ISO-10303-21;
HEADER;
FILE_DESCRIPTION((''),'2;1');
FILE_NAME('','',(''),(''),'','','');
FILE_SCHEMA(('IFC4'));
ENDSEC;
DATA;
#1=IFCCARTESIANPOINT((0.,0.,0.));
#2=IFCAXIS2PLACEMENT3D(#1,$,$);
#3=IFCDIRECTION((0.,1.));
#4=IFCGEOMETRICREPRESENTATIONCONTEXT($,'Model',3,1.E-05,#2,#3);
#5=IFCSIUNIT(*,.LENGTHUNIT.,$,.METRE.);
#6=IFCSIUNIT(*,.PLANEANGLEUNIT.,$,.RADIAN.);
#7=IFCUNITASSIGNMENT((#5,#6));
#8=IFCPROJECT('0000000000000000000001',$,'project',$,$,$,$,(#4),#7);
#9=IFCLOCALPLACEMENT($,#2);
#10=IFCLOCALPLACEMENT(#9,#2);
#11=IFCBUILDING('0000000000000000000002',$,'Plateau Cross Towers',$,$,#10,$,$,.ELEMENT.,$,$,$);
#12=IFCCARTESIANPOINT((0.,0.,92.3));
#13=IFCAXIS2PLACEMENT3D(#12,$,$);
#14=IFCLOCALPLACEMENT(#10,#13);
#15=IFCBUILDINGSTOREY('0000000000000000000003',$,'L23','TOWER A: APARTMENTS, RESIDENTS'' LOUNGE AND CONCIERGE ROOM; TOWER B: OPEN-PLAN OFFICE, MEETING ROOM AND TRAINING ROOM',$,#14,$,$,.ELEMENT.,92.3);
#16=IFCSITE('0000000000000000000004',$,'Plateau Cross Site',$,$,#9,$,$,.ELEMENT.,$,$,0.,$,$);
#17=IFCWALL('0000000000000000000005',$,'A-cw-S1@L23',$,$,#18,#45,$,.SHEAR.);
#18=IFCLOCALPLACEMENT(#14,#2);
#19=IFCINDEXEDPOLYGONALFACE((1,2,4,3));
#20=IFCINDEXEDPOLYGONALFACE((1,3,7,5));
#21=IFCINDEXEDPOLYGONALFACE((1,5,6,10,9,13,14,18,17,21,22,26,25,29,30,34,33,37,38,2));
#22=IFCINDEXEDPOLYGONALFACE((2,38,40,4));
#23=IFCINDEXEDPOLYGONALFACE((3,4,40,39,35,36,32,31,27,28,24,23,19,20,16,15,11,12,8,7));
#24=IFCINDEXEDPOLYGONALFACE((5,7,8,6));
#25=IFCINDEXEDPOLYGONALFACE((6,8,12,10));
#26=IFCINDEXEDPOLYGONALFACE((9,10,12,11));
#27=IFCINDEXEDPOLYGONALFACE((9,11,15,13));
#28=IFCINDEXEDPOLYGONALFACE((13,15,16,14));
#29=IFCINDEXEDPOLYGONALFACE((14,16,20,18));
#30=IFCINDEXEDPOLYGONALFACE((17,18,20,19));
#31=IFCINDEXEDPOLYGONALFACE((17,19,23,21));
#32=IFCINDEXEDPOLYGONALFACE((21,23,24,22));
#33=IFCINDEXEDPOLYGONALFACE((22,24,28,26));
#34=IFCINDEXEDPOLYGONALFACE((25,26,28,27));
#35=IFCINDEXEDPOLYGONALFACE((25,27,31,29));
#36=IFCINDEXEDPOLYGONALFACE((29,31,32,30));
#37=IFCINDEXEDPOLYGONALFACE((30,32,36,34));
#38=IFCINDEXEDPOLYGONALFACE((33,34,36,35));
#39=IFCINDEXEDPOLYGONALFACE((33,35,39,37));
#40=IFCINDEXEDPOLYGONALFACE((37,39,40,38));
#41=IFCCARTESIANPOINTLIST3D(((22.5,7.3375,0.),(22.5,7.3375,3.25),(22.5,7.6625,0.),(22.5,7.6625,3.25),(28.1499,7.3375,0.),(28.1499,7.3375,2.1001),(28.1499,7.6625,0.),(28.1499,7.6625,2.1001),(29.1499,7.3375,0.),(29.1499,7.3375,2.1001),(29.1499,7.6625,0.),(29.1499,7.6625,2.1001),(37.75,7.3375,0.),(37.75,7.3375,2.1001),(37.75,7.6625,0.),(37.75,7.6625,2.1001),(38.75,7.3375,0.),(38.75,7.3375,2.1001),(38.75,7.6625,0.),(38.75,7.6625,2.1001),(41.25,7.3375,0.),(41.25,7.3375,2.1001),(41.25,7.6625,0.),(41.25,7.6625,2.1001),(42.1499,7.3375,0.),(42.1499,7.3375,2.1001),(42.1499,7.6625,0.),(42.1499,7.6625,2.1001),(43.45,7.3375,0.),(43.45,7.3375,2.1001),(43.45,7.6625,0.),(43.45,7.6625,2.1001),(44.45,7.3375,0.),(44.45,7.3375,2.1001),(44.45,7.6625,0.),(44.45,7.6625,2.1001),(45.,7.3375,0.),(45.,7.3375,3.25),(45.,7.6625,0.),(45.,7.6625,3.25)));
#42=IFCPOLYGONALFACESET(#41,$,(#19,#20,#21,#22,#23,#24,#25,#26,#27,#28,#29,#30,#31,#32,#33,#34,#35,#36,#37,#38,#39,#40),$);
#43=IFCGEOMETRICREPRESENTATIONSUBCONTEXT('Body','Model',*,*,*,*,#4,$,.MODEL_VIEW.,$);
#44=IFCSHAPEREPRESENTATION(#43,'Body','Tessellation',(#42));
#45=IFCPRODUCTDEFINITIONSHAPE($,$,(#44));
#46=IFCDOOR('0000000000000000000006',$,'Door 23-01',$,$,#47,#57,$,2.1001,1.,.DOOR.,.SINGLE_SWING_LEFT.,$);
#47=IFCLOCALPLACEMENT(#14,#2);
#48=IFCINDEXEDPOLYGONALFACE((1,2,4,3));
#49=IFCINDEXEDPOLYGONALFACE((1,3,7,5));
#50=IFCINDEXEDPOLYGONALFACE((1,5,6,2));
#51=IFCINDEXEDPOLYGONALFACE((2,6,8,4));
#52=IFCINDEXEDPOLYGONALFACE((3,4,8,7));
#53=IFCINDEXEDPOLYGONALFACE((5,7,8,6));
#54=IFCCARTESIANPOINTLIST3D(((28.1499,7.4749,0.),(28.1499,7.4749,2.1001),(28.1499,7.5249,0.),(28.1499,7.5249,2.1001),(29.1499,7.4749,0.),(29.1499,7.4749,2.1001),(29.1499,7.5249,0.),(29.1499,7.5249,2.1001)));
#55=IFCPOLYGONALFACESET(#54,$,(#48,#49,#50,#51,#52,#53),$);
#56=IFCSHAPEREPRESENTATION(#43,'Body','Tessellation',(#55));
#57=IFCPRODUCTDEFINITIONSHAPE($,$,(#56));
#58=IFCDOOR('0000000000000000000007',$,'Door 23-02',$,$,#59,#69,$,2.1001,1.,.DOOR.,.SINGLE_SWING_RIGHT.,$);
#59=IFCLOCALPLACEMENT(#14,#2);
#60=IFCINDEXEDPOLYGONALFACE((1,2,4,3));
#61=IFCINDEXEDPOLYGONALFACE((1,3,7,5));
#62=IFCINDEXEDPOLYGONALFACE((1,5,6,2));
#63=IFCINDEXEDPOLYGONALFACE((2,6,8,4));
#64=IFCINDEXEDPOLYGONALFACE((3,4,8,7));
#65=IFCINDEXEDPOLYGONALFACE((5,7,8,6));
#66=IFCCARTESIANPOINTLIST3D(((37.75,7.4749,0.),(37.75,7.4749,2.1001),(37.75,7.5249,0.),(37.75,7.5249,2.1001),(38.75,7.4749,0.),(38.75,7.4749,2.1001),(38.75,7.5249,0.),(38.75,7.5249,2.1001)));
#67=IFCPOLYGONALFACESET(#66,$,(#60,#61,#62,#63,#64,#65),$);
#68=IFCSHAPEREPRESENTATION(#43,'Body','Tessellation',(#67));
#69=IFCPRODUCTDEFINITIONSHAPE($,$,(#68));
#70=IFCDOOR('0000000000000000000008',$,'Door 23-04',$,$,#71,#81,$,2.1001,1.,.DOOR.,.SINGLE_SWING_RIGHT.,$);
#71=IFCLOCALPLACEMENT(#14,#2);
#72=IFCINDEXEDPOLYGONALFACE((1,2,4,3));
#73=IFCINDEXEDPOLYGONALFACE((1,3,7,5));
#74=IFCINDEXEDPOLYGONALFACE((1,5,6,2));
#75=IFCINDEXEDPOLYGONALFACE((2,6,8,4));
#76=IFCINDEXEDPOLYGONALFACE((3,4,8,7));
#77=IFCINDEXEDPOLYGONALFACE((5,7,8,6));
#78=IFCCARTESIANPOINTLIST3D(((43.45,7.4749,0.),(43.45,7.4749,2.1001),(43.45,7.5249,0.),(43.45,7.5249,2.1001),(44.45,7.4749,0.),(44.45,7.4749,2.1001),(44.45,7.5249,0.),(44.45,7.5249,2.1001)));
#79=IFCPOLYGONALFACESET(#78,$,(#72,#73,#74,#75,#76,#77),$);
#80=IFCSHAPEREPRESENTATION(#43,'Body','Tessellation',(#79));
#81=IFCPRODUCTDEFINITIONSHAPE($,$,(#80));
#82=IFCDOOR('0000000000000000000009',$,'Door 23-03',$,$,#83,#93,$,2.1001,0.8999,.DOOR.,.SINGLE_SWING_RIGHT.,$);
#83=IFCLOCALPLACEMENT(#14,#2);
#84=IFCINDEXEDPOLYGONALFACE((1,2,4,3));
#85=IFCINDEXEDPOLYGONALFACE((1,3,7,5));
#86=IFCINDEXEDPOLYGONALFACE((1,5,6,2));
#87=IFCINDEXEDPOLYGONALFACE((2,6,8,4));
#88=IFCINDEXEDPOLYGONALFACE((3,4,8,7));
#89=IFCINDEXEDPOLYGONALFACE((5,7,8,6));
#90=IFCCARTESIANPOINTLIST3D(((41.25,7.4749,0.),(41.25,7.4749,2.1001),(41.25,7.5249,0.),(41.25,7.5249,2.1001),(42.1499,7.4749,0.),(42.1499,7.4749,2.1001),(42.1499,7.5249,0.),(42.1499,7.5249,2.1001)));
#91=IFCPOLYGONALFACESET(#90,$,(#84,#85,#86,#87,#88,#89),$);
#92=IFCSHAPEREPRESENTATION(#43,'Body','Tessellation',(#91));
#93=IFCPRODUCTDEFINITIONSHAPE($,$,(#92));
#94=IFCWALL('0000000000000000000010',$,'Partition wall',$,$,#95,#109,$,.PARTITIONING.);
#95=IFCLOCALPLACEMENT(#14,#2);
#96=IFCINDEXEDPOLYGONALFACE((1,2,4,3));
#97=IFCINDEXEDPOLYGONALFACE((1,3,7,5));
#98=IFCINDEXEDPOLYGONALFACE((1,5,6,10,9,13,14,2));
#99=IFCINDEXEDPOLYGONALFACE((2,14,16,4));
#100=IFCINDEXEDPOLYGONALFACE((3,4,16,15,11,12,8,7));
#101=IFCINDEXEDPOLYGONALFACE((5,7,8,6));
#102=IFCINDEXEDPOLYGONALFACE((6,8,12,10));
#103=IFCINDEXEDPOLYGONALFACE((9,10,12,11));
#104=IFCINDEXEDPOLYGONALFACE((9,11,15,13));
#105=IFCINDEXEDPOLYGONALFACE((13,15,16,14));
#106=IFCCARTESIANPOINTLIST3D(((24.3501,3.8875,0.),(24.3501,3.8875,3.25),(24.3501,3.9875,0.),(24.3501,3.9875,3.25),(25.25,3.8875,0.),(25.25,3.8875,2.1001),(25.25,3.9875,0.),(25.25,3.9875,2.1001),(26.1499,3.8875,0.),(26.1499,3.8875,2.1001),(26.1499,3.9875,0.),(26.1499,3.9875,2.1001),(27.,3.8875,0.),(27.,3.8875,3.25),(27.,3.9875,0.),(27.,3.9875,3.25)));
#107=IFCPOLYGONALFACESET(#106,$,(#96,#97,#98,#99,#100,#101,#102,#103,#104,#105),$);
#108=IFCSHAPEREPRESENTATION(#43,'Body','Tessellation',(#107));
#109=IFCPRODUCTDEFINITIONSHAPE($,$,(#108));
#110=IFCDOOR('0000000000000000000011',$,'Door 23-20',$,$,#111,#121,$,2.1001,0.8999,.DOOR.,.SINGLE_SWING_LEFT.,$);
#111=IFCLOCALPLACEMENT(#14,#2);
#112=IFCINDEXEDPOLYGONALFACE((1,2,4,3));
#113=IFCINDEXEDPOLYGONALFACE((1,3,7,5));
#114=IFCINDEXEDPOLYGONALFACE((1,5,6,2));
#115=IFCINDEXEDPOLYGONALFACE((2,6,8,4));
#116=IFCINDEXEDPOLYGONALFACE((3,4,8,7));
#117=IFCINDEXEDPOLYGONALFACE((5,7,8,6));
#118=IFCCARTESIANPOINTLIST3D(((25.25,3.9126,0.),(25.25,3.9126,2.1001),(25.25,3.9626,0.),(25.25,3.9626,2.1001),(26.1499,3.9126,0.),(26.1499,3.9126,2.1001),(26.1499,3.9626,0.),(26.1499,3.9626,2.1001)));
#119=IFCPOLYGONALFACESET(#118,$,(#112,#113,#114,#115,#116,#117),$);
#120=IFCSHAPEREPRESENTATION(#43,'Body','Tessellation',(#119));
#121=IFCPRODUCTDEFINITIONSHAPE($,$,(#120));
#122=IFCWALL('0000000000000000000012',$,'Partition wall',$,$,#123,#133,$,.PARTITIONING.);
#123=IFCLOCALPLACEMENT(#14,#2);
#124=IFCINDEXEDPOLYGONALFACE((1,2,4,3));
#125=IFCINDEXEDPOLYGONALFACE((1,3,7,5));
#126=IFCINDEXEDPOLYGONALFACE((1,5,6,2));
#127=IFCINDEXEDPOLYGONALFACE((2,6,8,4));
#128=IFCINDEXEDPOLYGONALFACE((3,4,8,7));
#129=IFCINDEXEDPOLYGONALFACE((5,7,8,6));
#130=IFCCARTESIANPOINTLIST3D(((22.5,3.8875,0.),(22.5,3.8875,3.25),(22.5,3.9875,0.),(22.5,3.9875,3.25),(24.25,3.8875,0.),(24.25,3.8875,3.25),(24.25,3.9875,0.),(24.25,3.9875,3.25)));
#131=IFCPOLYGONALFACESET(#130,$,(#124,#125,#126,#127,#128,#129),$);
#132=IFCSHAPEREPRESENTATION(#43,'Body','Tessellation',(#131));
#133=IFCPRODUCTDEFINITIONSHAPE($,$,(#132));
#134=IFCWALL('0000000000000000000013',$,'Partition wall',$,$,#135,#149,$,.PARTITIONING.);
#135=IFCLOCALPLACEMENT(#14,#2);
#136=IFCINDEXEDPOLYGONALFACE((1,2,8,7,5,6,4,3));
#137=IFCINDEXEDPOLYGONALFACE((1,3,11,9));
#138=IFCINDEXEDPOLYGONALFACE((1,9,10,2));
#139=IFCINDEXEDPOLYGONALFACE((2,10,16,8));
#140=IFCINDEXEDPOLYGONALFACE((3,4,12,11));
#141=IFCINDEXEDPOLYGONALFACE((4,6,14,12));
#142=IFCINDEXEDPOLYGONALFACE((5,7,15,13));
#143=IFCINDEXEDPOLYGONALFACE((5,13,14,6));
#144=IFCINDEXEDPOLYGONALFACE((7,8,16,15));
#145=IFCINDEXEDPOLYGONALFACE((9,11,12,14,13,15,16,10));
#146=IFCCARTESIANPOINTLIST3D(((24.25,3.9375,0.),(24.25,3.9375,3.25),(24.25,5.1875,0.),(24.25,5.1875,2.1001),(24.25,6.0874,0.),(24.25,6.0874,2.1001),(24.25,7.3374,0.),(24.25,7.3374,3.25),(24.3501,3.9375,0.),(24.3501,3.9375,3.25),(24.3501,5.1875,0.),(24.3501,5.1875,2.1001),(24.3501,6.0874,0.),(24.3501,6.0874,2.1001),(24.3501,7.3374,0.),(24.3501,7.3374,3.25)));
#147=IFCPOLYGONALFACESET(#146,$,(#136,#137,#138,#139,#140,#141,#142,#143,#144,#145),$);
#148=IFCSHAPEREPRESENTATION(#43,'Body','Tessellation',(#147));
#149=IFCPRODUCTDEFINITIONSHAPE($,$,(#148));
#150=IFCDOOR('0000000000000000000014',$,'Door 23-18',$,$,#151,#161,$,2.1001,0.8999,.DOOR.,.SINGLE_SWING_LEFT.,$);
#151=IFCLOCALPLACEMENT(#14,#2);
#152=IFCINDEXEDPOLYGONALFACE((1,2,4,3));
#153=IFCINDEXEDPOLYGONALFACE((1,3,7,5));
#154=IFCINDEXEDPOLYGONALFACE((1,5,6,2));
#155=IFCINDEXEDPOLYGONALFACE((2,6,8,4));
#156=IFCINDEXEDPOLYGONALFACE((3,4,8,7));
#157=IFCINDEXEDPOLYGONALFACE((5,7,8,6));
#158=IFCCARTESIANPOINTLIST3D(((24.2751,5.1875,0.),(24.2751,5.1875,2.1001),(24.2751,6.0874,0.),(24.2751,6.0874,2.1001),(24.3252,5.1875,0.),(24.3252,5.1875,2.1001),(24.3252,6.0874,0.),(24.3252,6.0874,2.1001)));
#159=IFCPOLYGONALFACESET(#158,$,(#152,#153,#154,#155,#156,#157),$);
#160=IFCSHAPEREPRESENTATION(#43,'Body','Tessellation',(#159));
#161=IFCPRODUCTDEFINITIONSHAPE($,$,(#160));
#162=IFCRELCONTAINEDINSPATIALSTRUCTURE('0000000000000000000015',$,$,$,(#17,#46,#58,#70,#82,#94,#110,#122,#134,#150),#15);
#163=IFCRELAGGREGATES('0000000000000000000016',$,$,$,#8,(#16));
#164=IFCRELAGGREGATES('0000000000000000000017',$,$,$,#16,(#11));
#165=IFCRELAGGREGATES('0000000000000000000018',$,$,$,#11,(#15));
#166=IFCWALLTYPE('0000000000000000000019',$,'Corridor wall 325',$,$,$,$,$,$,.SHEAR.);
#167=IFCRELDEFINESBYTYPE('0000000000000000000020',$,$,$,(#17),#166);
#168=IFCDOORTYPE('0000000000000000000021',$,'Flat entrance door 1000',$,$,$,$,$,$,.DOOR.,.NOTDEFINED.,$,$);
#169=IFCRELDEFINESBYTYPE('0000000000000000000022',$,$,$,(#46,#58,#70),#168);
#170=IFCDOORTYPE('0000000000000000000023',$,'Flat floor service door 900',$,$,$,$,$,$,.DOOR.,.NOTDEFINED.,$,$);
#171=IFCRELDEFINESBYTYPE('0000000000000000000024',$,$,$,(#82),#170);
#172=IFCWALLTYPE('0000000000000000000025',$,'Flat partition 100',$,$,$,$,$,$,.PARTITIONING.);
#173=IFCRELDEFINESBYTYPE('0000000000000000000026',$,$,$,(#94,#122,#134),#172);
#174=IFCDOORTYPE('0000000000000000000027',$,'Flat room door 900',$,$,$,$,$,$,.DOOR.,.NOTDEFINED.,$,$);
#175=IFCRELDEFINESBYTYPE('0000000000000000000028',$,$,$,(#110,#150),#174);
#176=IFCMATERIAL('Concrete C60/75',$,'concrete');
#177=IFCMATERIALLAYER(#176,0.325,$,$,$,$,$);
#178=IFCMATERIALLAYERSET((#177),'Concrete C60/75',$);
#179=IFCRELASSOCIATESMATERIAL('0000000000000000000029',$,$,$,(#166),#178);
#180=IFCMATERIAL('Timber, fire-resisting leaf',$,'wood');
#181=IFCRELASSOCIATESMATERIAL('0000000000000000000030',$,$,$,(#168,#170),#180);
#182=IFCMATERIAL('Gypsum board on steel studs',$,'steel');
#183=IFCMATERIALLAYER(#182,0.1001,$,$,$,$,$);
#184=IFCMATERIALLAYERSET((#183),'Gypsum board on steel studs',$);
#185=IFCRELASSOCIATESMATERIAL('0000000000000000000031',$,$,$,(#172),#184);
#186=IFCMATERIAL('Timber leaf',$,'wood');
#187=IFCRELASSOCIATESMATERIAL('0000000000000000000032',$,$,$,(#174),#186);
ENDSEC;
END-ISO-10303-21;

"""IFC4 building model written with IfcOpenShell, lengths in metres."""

from ifc_helpers import new_model, si_unit, direction, frame, frame_2d, origin, place, context, subcontext, project, spatial, rectangle, extrude, material, layer, layer_set, type_object, element, fill, save


model = new_model("IFC4")

# Units and contexts
model_context = context("Model", 3, precision=1e-05, world=origin(), true_north=direction((0.0, 1.0)))
body_context = subcontext(model_context, "Body", "Model", "MODEL_VIEW")
ifc_project = project(units=[si_unit("LENGTHUNIT", "METRE"), si_unit("PLANEANGLEUNIT", "RADIAN")], contexts=[model_context])

# Site, building, storey
site_placement = place(None, origin())
site = spatial("IfcSite", under=ifc_project, at=site_placement, Name="Plateau Cross Site", CompositionType="ELEMENT", RefElevation=0.0)
building_placement = place(site_placement, origin())
building = spatial("IfcBuilding", under=site, at=building_placement, Name="Plateau Cross Towers", CompositionType="ELEMENT")
storey_placement = place(building_placement, frame((0.0, 0.0, 92.3)))
storey = spatial("IfcBuildingStorey", under=building, at=storey_placement, Name="L23", Description="TOWER A: APARTMENTS, RESIDENTS' LOUNGE AND CONCIERGE ROOM; TOWER B: OPEN-PLAN OFFICE, MEETING ROOM AND TRAINING ROOM", CompositionType="ELEMENT", Elevation=92.3)

# Shared definitions
ifc_material_1 = material(Name="Concrete C60/75", Category="concrete")

# Wall, openings, doors
ifc_layer_1 = layer(ifc_material_1, 0.325)
ifc_layer_set_1 = layer_set([ifc_layer_1], Name="Concrete C60/75")
wall_type_1 = type_object("IfcWallType", Name="Corridor wall 325", PredefinedType="SHEAR", material=ifc_layer_set_1)
wall_1_placement = place(storey_placement, frame((22.5, 7.5, 0.0), z_axis=(0.0, 0.0, 1.0), x_axis=(1.0, 0.0, 0.0)))
wall_1 = element("IfcWall", 1, at=wall_1_placement, inside=storey, type_object=wall_type_1, Name="A-cw-S1@L23", PredefinedType="SHEAR", context=body_context, shape_type="SweptSolid", body=[
    extrude(rectangle(XDim=22.5, YDim=0.325, at=frame_2d((11.25, 0.0))), origin(), (0.0, 0.0, 1.0), 3.25),
])
opening_1_placement = place(wall_1_placement, frame((5.6499, 0.0, 0.0)))
opening_1 = element("IfcOpeningElement", 2, at=opening_1_placement, cuts=wall_1, PredefinedType="OPENING", context=body_context, shape_type="SweptSolid", body=[
    extrude(rectangle(XDim=1.0, YDim=2.1001, at=frame_2d((0.5, 1.05))), frame((0.0, 0.1724, 0.0), z_axis=(0.0, -1.0, 0.0), x_axis=(1.0, 0.0, 0.0)), (0.0, 0.0, 1.0), 0.345),
])
opening_2_placement = place(wall_1_placement, frame((15.25, 0.0, 0.0)))
opening_2 = element("IfcOpeningElement", 3, at=opening_2_placement, cuts=wall_1, PredefinedType="OPENING", context=body_context, shape_type="SweptSolid", body=[
    extrude(rectangle(XDim=1.0, YDim=2.1001, at=frame_2d((0.5, 1.05))), frame((0.0, 0.1724, 0.0), z_axis=(0.0, -1.0, 0.0), x_axis=(1.0, 0.0, 0.0)), (0.0, 0.0, 1.0), 0.345),
])
opening_3_placement = place(wall_1_placement, frame((18.75, 0.0, 0.0)))
opening_3 = element("IfcOpeningElement", 4, at=opening_3_placement, cuts=wall_1, PredefinedType="OPENING", context=body_context, shape_type="SweptSolid", body=[
    extrude(rectangle(XDim=0.8999, YDim=2.1001, at=frame_2d((0.45, 1.05))), frame((0.0, 0.1724, 0.0), z_axis=(0.0, -1.0, 0.0), x_axis=(1.0, 0.0, 0.0)), (0.0, 0.0, 1.0), 0.345),
])
opening_4_placement = place(wall_1_placement, frame((20.95, 0.0, 0.0)))
opening_4 = element("IfcOpeningElement", 5, at=opening_4_placement, cuts=wall_1, PredefinedType="OPENING", context=body_context, shape_type="SweptSolid", body=[
    extrude(rectangle(XDim=1.0, YDim=2.1001, at=frame_2d((0.5, 1.05))), frame((0.0, 0.1724, 0.0), z_axis=(0.0, -1.0, 0.0), x_axis=(1.0, 0.0, 0.0)), (0.0, 0.0, 1.0), 0.345),
])
ifc_material_2 = material(Name="Timber, fire-resisting leaf", Category="wood")
door_type_1 = type_object("IfcDoorType", Name="Flat entrance door 1000", OperationType="NOTDEFINED", PredefinedType="DOOR", material=ifc_material_2)
door_1_placement = place(opening_1_placement, origin())
door_1 = element("IfcDoor", 6, at=door_1_placement, inside=storey, type_object=door_type_1, Name="Door 23-01", OperationType="SINGLE_SWING_LEFT", OverallHeight=2.1001, OverallWidth=1.0, PredefinedType="DOOR", context=body_context, shape_type="SweptSolid", body=[
    extrude(rectangle(XDim=1.0, YDim=2.1001, at=frame_2d((0.5, 1.05))), frame((0.0, 0.0249, 0.0), z_axis=(0.0, -1.0, 0.0), x_axis=(1.0, 0.0, 0.0)), (0.0, 0.0, 1.0), 0.05),
])
fill(opening_1, door_1)
door_2_placement = place(opening_2_placement, origin())
door_2 = element("IfcDoor", 7, at=door_2_placement, inside=storey, type_object=door_type_1, Name="Door 23-02", OperationType="SINGLE_SWING_RIGHT", OverallHeight=2.1001, OverallWidth=1.0, PredefinedType="DOOR", context=body_context, shape_type="SweptSolid", body=[
    extrude(rectangle(XDim=1.0, YDim=2.1001, at=frame_2d((0.5, 1.05))), frame((0.0, 0.0249, 0.0), z_axis=(0.0, -1.0, 0.0), x_axis=(1.0, 0.0, 0.0)), (0.0, 0.0, 1.0), 0.05),
])
fill(opening_2, door_2)
door_3_placement = place(opening_4_placement, origin())
door_3 = element("IfcDoor", 8, at=door_3_placement, inside=storey, type_object=door_type_1, Name="Door 23-04", OperationType="SINGLE_SWING_RIGHT", OverallHeight=2.1001, OverallWidth=1.0, PredefinedType="DOOR", context=body_context, shape_type="SweptSolid", body=[
    extrude(rectangle(XDim=1.0, YDim=2.1001, at=frame_2d((0.5, 1.05))), frame((0.0, 0.0249, 0.0), z_axis=(0.0, -1.0, 0.0), x_axis=(1.0, 0.0, 0.0)), (0.0, 0.0, 1.0), 0.05),
])
fill(opening_4, door_3)
door_type_2 = type_object("IfcDoorType", Name="Flat floor service door 900", OperationType="NOTDEFINED", PredefinedType="DOOR", material=ifc_material_2)
door_4_placement = place(opening_3_placement, origin())
door_4 = element("IfcDoor", 9, at=door_4_placement, inside=storey, type_object=door_type_2, Name="Door 23-03", OperationType="SINGLE_SWING_RIGHT", OverallHeight=2.1001, OverallWidth=0.8999, PredefinedType="DOOR", context=body_context, shape_type="SweptSolid", body=[
    extrude(rectangle(XDim=0.8999, YDim=2.1001, at=frame_2d((0.45, 1.05))), frame((0.0, 0.0249, 0.0), z_axis=(0.0, -1.0, 0.0), x_axis=(1.0, 0.0, 0.0)), (0.0, 0.0, 1.0), 0.05),
])
fill(opening_3, door_4)

# Wall, opening, door
ifc_material_3 = material(Name="Gypsum board on steel studs", Category="steel")
ifc_layer_2 = layer(ifc_material_3, 0.1001)
ifc_layer_set_2 = layer_set([ifc_layer_2], Name="Gypsum board on steel studs")
wall_type_2 = type_object("IfcWallType", Name="Flat partition 100", PredefinedType="PARTITIONING", material=ifc_layer_set_2)
wall_2_placement = place(storey_placement, frame((27.0, 3.9375, 0.0), z_axis=(0.0, 0.0, 1.0), x_axis=(-1.0, 0.0, 0.0)))
wall_2 = element("IfcWall", 10, at=wall_2_placement, inside=storey, type_object=wall_type_2, Name="Partition wall", PredefinedType="PARTITIONING", context=body_context, shape_type="SweptSolid", body=[
    extrude(rectangle(XDim=2.6499, YDim=0.1001, at=frame_2d((1.325, 0.0))), origin(), (0.0, 0.0, 1.0), 3.25),
])
opening_5_placement = place(wall_2_placement, frame((0.8501, 0.0, 0.0)))
opening_5 = element("IfcOpeningElement", 11, at=opening_5_placement, cuts=wall_2, PredefinedType="OPENING", context=body_context, shape_type="SweptSolid", body=[
    extrude(rectangle(XDim=0.8999, YDim=2.1001, at=frame_2d((0.45, 1.05))), frame((0.0, 0.0601, 0.0), z_axis=(0.0, -1.0, 0.0), x_axis=(1.0, 0.0, 0.0)), (0.0, 0.0, 1.0), 0.1201),
])
ifc_material_4 = material(Name="Timber leaf", Category="wood")
door_type_3 = type_object("IfcDoorType", Name="Flat room door 900", OperationType="NOTDEFINED", PredefinedType="DOOR", material=ifc_material_4)
door_5_placement = place(opening_5_placement, origin())
door_5 = element("IfcDoor", 12, at=door_5_placement, inside=storey, type_object=door_type_3, Name="Door 23-20", OperationType="SINGLE_SWING_LEFT", OverallHeight=2.1001, OverallWidth=0.8999, PredefinedType="DOOR", context=body_context, shape_type="SweptSolid", body=[
    extrude(rectangle(XDim=0.8999, YDim=2.1001, at=frame_2d((0.45, 1.05))), frame((0.0, 0.0249, 0.0), z_axis=(0.0, -1.0, 0.0), x_axis=(1.0, 0.0, 0.0)), (0.0, 0.0, 1.0), 0.05),
])
fill(opening_5, door_5)

# Wall
wall_3_placement = place(storey_placement, frame((22.5, 3.9375, 0.0), z_axis=(0.0, 0.0, 1.0), x_axis=(1.0, 0.0, 0.0)))
element("IfcWall", 13, at=wall_3_placement, inside=storey, type_object=wall_type_2, Name="Partition wall", PredefinedType="PARTITIONING", context=body_context, shape_type="SweptSolid", body=[
    extrude(rectangle(XDim=1.75, YDim=0.1001, at=frame_2d((0.875, 0.0))), origin(), (0.0, 0.0, 1.0), 3.25),
])

# Wall, opening, door
wall_4_placement = place(storey_placement, frame((24.3, 3.9375, 0.0), z_axis=(0.0, 0.0, 1.0), x_axis=(0.0, 1.0, 0.0)))
wall_4 = element("IfcWall", 14, at=wall_4_placement, inside=storey, type_object=wall_type_2, Name="Partition wall", PredefinedType="PARTITIONING", context=body_context, shape_type="SweptSolid", body=[
    extrude(rectangle(XDim=3.3999, YDim=0.1001, at=frame_2d((1.7, 0.0))), origin(), (0.0, 0.0, 1.0), 3.25),
])
opening_6_placement = place(wall_4_placement, frame((1.25, 0.0, 0.0)))
opening_6 = element("IfcOpeningElement", 15, at=opening_6_placement, cuts=wall_4, PredefinedType="OPENING", context=body_context, shape_type="SweptSolid", body=[
    extrude(rectangle(XDim=0.8999, YDim=2.1001, at=frame_2d((0.45, 1.05))), frame((0.0, 0.0601, 0.0), z_axis=(0.0, -1.0, 0.0), x_axis=(1.0, 0.0, 0.0)), (0.0, 0.0, 1.0), 0.1201),
])
door_6_placement = place(opening_6_placement, origin())
door_6 = element("IfcDoor", 16, at=door_6_placement, inside=storey, type_object=door_type_3, Name="Door 23-18", OperationType="SINGLE_SWING_LEFT", OverallHeight=2.1001, OverallWidth=0.8999, PredefinedType="DOOR", context=body_context, shape_type="SweptSolid", body=[
    extrude(rectangle(XDim=0.8999, YDim=2.1001, at=frame_2d((0.45, 1.05))), frame((0.0, 0.0249, 0.0), z_axis=(0.0, -1.0, 0.0), x_axis=(1.0, 0.0, 0.0)), (0.0, 0.0, 1.0), 0.05),
])
fill(opening_6, door_6)

save(model, "model.ifc")
